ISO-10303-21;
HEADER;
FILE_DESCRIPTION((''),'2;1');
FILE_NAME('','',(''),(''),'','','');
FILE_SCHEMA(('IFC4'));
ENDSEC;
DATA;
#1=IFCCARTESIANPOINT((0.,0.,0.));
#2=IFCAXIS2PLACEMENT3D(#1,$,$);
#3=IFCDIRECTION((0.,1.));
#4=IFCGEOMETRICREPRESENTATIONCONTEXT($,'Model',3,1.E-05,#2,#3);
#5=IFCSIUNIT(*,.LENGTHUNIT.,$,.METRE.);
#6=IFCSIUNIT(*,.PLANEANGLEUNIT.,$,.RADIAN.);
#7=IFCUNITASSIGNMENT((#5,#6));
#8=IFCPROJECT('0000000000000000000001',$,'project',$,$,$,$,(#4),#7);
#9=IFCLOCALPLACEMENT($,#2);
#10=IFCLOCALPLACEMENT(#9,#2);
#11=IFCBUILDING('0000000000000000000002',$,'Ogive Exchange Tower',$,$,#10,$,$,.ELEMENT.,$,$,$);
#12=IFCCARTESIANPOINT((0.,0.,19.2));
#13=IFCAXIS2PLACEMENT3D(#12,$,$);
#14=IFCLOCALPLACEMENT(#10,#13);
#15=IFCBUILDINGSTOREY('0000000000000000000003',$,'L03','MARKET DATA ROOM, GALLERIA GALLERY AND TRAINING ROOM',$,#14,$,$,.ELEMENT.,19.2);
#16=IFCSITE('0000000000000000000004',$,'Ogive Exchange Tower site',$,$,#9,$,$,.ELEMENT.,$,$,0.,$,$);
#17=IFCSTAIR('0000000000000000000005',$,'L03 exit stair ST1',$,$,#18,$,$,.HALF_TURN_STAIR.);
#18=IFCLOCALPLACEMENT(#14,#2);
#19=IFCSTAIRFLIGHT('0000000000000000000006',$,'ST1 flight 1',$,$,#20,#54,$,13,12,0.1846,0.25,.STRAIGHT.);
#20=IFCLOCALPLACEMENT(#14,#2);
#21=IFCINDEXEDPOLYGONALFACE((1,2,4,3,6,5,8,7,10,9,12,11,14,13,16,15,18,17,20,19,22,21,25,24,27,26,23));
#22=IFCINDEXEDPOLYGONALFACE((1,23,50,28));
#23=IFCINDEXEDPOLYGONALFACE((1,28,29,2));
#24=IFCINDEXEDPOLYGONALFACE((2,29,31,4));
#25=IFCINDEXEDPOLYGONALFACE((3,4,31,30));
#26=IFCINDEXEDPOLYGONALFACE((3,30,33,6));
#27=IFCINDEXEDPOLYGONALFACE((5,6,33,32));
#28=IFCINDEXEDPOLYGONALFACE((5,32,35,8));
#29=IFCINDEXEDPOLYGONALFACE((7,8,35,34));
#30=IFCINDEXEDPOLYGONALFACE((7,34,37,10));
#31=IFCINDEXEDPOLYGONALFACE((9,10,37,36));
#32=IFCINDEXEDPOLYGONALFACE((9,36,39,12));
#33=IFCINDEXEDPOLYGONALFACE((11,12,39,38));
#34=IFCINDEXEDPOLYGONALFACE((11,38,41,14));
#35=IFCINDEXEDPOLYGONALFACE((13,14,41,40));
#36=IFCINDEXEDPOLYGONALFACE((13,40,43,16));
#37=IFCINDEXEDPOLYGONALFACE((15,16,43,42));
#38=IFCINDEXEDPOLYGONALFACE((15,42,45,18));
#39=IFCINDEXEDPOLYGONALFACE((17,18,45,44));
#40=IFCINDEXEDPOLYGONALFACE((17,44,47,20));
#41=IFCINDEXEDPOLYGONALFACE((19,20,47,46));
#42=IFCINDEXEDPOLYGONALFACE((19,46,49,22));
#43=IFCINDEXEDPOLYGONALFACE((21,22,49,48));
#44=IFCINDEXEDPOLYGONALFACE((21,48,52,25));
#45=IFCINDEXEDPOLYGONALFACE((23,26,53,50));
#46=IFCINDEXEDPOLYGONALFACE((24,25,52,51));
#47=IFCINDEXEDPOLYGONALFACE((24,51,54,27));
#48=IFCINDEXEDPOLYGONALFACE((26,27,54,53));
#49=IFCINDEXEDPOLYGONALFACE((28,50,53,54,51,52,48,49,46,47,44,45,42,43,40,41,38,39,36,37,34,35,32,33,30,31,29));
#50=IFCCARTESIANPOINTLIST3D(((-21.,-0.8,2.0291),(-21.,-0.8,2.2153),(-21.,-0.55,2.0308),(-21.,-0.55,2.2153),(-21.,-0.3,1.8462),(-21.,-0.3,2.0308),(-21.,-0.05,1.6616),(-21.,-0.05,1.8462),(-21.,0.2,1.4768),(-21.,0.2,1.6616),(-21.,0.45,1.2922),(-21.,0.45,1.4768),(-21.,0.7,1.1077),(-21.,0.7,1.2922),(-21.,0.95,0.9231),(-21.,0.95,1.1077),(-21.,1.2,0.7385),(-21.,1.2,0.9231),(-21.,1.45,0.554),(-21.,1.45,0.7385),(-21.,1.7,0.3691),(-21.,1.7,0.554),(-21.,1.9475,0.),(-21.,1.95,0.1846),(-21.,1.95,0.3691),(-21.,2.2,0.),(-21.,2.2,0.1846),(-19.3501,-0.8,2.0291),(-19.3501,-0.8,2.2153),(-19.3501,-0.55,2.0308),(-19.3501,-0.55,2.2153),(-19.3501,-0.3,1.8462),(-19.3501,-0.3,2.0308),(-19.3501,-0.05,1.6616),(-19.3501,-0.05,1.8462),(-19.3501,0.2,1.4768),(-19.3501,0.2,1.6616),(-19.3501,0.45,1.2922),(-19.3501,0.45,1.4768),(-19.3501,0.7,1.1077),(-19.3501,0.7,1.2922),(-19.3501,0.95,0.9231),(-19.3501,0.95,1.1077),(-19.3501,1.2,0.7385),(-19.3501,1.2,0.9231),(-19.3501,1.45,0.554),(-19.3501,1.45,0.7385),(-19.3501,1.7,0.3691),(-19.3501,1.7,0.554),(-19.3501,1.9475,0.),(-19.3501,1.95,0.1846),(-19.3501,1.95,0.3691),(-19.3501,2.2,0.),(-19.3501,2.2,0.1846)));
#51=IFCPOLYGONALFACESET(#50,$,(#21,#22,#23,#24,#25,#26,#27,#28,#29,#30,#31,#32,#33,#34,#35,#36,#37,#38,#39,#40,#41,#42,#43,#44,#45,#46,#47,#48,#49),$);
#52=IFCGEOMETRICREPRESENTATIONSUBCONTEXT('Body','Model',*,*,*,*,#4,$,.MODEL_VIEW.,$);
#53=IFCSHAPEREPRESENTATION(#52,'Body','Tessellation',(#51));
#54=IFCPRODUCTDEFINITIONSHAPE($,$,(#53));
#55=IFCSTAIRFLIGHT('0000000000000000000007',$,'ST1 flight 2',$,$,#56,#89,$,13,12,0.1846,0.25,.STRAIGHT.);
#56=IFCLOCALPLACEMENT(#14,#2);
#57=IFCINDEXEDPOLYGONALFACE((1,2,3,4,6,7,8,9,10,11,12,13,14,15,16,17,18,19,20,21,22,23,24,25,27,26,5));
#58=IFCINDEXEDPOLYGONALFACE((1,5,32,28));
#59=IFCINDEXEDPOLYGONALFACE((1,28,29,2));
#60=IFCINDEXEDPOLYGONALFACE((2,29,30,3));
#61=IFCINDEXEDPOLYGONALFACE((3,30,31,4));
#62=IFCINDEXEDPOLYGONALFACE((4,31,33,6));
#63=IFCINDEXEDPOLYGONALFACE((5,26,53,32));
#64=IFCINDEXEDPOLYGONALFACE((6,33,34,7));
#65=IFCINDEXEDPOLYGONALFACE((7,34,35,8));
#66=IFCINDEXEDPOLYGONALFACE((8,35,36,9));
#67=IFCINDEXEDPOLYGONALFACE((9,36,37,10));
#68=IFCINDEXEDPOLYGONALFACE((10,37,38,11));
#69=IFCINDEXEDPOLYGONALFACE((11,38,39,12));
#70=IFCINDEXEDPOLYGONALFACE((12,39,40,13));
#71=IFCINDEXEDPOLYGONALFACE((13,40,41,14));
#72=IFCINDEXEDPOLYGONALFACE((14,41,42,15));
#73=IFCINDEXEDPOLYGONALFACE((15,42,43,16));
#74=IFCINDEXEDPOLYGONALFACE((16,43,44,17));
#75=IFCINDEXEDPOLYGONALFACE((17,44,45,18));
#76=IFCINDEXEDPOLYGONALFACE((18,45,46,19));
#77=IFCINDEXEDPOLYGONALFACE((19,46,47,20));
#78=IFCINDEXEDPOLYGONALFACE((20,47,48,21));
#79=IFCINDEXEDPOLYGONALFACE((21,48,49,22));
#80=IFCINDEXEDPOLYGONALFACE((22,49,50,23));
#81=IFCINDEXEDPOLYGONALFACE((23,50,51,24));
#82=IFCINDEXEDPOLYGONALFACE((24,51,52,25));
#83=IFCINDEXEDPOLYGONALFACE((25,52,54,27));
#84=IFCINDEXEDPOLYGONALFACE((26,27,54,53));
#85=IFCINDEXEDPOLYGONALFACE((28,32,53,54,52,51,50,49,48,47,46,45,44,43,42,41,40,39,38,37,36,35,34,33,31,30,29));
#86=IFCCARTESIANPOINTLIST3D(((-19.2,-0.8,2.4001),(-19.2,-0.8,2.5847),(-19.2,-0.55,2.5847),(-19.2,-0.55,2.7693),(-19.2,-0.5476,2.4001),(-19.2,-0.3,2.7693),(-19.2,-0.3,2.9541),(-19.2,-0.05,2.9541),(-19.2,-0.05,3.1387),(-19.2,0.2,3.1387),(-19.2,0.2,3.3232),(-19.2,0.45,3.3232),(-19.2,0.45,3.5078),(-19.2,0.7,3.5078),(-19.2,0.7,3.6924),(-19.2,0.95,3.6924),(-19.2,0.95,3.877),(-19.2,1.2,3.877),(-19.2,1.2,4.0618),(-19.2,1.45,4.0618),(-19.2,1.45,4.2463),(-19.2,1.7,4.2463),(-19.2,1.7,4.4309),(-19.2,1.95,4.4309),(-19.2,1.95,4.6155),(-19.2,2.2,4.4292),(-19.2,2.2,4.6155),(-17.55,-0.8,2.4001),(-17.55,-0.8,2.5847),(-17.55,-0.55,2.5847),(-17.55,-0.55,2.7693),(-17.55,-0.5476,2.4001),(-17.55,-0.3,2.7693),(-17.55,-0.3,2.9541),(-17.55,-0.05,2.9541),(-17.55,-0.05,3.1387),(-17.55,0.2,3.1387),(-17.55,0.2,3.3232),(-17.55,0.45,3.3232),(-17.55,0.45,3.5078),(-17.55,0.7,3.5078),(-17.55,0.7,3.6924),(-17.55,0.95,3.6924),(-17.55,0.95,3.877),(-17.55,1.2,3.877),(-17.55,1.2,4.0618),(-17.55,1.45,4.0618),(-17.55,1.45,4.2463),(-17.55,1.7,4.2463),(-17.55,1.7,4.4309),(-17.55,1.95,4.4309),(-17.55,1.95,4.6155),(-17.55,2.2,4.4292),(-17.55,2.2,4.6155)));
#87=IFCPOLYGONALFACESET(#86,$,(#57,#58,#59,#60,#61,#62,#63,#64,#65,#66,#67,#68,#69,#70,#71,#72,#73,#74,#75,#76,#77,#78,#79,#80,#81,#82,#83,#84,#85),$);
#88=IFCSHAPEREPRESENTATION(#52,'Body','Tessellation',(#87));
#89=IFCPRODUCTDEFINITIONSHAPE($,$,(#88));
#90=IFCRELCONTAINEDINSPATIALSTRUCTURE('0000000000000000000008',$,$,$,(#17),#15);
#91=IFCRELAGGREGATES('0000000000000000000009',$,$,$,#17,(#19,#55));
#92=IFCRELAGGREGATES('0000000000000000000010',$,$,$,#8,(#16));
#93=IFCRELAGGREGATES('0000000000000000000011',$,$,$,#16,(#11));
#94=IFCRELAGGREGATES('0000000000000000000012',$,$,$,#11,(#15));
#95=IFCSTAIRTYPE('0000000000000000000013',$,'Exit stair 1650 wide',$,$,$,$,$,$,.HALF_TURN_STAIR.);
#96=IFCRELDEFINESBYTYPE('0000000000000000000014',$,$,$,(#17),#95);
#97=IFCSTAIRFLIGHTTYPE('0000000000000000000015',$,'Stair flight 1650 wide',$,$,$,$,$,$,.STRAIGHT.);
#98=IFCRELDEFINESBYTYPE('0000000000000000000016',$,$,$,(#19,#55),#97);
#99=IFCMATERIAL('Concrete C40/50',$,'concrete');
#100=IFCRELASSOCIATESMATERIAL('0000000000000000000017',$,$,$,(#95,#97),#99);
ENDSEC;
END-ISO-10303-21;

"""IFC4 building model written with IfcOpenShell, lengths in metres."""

from ifc_helpers import new_model, si_unit, direction, frame, origin, place, context, subcontext, project, spatial, polyline, outline, extrude, material, type_object, element, aggregate, save


model = new_model("IFC4")

# Units and contexts
model_context = context("Model", 3, precision=1e-05, world=origin(), true_north=direction((0.0, 1.0)))
body_context = subcontext(model_context, "Body", "Model", "MODEL_VIEW")
ifc_project = project(units=[si_unit("LENGTHUNIT", "METRE"), si_unit("PLANEANGLEUNIT", "RADIAN")], contexts=[model_context])

# Site, building, storey
site_placement = place(None, origin())
site = spatial("IfcSite", under=ifc_project, at=site_placement, Name="Ogive Exchange Tower site", CompositionType="ELEMENT", RefElevation=0.0)
building_placement = place(site_placement, origin())
building = spatial("IfcBuilding", under=site, at=building_placement, Name="Ogive Exchange Tower", CompositionType="ELEMENT")
storey_placement = place(building_placement, frame((0.0, 0.0, 19.2)))
storey = spatial("IfcBuildingStorey", under=building, at=storey_placement, Name="L03", Description="MARKET DATA ROOM, GALLERIA GALLERY AND TRAINING ROOM", CompositionType="ELEMENT", Elevation=19.2)

# Stair, stair flights
ifc_material_1 = material(Name="Concrete C40/50", Category="concrete")
stair_type = type_object("IfcStairType", Name="Exit stair 1650 wide", PredefinedType="HALF_TURN_STAIR", material=ifc_material_1)
stair_placement = place(storey_placement, origin())
stair = element("IfcStair", 1, at=stair_placement, inside=storey, type_object=stair_type, Name="L03 exit stair ST1", PredefinedType="HALF_TURN_STAIR")
stair_flight_type = type_object("IfcStairFlightType", Name="Stair flight 1650 wide", PredefinedType="STRAIGHT", material=ifc_material_1)
stair_flight_1_placement = place(storey_placement, frame((-20.175, 2.2, 0.0), z_axis=(0.0, 0.0, 1.0), x_axis=(0.0, -1.0, 0.0)))
stair_flight_1 = element("IfcStairFlight", 2, at=stair_flight_1_placement, type_object=stair_flight_type, Name="ST1 flight 1", NumberOfRisers=13, NumberOfTreads=12, PredefinedType="STRAIGHT", RiserHeight=0.1846, TreadLength=0.25, context=body_context, shape_type="SweptSolid", body=[
    extrude(outline(polyline([(0.0, 0.0), (0.0, 0.1846), (0.25, 0.1846), (0.25, 0.3691), (0.5, 0.3691), (0.5, 0.554), (0.75, 0.554), (0.75, 0.7385), (1.0, 0.7385), (1.0, 0.9231), (1.25, 0.9231), (1.25, 1.1077), (1.5, 1.1077), (1.5, 1.2922), (1.75, 1.2922), (1.75, 1.4768), (2.0, 1.4768), (2.0, 1.6616), (2.25, 1.6616), (2.25, 1.8462), (2.5, 1.8462), (2.5, 2.0308), (2.75, 2.0308), (2.75, 2.2153), (3.0, 2.2153), (3.0, 2.3999), (3.0, 2.0291), (0.2524, 0.0), (0.0, 0.0)])), frame((0.0, 0.825, 0.0), z_axis=(0.0, -1.0, 0.0), x_axis=(1.0, 0.0, 0.0)), (0.0, 0.0, 1.0), 1.6499),
])
stair_flight_2_placement = place(storey_placement, frame((-18.375, -0.8, 2.4001), z_axis=(0.0, 0.0, 1.0), x_axis=(0.0, 1.0, 0.0)))
stair_flight_2 = element("IfcStairFlight", 3, at=stair_flight_2_placement, type_object=stair_flight_type, Name="ST1 flight 2", NumberOfRisers=13, NumberOfTreads=12, PredefinedType="STRAIGHT", RiserHeight=0.1846, TreadLength=0.25, context=body_context, shape_type="SweptSolid", body=[
    extrude(outline(polyline([(0.0, 0.0), (0.0, 0.1846), (0.25, 0.1846), (0.25, 0.3691), (0.5, 0.3691), (0.5, 0.554), (0.75, 0.554), (0.75, 0.7385), (1.0, 0.7385), (1.0, 0.9231), (1.25, 0.9231), (1.25, 1.1077), (1.5, 1.1077), (1.5, 1.2922), (1.75, 1.2922), (1.75, 1.4768), (2.0, 1.4768), (2.0, 1.6616), (2.25, 1.6616), (2.25, 1.8462), (2.5, 1.8462), (2.5, 2.0308), (2.75, 2.0308), (2.75, 2.2153), (3.0, 2.2153), (3.0, 2.3999), (3.0, 2.0291), (0.2524, 0.0), (0.0, 0.0)])), frame((0.0, 0.825, 0.0), z_axis=(0.0, -1.0, 0.0), x_axis=(1.0, 0.0, 0.0)), (0.0, 0.0, 1.0), 1.6499),
])
aggregate(stair, [stair_flight_1, stair_flight_2])

save(model, "model.ifc")
